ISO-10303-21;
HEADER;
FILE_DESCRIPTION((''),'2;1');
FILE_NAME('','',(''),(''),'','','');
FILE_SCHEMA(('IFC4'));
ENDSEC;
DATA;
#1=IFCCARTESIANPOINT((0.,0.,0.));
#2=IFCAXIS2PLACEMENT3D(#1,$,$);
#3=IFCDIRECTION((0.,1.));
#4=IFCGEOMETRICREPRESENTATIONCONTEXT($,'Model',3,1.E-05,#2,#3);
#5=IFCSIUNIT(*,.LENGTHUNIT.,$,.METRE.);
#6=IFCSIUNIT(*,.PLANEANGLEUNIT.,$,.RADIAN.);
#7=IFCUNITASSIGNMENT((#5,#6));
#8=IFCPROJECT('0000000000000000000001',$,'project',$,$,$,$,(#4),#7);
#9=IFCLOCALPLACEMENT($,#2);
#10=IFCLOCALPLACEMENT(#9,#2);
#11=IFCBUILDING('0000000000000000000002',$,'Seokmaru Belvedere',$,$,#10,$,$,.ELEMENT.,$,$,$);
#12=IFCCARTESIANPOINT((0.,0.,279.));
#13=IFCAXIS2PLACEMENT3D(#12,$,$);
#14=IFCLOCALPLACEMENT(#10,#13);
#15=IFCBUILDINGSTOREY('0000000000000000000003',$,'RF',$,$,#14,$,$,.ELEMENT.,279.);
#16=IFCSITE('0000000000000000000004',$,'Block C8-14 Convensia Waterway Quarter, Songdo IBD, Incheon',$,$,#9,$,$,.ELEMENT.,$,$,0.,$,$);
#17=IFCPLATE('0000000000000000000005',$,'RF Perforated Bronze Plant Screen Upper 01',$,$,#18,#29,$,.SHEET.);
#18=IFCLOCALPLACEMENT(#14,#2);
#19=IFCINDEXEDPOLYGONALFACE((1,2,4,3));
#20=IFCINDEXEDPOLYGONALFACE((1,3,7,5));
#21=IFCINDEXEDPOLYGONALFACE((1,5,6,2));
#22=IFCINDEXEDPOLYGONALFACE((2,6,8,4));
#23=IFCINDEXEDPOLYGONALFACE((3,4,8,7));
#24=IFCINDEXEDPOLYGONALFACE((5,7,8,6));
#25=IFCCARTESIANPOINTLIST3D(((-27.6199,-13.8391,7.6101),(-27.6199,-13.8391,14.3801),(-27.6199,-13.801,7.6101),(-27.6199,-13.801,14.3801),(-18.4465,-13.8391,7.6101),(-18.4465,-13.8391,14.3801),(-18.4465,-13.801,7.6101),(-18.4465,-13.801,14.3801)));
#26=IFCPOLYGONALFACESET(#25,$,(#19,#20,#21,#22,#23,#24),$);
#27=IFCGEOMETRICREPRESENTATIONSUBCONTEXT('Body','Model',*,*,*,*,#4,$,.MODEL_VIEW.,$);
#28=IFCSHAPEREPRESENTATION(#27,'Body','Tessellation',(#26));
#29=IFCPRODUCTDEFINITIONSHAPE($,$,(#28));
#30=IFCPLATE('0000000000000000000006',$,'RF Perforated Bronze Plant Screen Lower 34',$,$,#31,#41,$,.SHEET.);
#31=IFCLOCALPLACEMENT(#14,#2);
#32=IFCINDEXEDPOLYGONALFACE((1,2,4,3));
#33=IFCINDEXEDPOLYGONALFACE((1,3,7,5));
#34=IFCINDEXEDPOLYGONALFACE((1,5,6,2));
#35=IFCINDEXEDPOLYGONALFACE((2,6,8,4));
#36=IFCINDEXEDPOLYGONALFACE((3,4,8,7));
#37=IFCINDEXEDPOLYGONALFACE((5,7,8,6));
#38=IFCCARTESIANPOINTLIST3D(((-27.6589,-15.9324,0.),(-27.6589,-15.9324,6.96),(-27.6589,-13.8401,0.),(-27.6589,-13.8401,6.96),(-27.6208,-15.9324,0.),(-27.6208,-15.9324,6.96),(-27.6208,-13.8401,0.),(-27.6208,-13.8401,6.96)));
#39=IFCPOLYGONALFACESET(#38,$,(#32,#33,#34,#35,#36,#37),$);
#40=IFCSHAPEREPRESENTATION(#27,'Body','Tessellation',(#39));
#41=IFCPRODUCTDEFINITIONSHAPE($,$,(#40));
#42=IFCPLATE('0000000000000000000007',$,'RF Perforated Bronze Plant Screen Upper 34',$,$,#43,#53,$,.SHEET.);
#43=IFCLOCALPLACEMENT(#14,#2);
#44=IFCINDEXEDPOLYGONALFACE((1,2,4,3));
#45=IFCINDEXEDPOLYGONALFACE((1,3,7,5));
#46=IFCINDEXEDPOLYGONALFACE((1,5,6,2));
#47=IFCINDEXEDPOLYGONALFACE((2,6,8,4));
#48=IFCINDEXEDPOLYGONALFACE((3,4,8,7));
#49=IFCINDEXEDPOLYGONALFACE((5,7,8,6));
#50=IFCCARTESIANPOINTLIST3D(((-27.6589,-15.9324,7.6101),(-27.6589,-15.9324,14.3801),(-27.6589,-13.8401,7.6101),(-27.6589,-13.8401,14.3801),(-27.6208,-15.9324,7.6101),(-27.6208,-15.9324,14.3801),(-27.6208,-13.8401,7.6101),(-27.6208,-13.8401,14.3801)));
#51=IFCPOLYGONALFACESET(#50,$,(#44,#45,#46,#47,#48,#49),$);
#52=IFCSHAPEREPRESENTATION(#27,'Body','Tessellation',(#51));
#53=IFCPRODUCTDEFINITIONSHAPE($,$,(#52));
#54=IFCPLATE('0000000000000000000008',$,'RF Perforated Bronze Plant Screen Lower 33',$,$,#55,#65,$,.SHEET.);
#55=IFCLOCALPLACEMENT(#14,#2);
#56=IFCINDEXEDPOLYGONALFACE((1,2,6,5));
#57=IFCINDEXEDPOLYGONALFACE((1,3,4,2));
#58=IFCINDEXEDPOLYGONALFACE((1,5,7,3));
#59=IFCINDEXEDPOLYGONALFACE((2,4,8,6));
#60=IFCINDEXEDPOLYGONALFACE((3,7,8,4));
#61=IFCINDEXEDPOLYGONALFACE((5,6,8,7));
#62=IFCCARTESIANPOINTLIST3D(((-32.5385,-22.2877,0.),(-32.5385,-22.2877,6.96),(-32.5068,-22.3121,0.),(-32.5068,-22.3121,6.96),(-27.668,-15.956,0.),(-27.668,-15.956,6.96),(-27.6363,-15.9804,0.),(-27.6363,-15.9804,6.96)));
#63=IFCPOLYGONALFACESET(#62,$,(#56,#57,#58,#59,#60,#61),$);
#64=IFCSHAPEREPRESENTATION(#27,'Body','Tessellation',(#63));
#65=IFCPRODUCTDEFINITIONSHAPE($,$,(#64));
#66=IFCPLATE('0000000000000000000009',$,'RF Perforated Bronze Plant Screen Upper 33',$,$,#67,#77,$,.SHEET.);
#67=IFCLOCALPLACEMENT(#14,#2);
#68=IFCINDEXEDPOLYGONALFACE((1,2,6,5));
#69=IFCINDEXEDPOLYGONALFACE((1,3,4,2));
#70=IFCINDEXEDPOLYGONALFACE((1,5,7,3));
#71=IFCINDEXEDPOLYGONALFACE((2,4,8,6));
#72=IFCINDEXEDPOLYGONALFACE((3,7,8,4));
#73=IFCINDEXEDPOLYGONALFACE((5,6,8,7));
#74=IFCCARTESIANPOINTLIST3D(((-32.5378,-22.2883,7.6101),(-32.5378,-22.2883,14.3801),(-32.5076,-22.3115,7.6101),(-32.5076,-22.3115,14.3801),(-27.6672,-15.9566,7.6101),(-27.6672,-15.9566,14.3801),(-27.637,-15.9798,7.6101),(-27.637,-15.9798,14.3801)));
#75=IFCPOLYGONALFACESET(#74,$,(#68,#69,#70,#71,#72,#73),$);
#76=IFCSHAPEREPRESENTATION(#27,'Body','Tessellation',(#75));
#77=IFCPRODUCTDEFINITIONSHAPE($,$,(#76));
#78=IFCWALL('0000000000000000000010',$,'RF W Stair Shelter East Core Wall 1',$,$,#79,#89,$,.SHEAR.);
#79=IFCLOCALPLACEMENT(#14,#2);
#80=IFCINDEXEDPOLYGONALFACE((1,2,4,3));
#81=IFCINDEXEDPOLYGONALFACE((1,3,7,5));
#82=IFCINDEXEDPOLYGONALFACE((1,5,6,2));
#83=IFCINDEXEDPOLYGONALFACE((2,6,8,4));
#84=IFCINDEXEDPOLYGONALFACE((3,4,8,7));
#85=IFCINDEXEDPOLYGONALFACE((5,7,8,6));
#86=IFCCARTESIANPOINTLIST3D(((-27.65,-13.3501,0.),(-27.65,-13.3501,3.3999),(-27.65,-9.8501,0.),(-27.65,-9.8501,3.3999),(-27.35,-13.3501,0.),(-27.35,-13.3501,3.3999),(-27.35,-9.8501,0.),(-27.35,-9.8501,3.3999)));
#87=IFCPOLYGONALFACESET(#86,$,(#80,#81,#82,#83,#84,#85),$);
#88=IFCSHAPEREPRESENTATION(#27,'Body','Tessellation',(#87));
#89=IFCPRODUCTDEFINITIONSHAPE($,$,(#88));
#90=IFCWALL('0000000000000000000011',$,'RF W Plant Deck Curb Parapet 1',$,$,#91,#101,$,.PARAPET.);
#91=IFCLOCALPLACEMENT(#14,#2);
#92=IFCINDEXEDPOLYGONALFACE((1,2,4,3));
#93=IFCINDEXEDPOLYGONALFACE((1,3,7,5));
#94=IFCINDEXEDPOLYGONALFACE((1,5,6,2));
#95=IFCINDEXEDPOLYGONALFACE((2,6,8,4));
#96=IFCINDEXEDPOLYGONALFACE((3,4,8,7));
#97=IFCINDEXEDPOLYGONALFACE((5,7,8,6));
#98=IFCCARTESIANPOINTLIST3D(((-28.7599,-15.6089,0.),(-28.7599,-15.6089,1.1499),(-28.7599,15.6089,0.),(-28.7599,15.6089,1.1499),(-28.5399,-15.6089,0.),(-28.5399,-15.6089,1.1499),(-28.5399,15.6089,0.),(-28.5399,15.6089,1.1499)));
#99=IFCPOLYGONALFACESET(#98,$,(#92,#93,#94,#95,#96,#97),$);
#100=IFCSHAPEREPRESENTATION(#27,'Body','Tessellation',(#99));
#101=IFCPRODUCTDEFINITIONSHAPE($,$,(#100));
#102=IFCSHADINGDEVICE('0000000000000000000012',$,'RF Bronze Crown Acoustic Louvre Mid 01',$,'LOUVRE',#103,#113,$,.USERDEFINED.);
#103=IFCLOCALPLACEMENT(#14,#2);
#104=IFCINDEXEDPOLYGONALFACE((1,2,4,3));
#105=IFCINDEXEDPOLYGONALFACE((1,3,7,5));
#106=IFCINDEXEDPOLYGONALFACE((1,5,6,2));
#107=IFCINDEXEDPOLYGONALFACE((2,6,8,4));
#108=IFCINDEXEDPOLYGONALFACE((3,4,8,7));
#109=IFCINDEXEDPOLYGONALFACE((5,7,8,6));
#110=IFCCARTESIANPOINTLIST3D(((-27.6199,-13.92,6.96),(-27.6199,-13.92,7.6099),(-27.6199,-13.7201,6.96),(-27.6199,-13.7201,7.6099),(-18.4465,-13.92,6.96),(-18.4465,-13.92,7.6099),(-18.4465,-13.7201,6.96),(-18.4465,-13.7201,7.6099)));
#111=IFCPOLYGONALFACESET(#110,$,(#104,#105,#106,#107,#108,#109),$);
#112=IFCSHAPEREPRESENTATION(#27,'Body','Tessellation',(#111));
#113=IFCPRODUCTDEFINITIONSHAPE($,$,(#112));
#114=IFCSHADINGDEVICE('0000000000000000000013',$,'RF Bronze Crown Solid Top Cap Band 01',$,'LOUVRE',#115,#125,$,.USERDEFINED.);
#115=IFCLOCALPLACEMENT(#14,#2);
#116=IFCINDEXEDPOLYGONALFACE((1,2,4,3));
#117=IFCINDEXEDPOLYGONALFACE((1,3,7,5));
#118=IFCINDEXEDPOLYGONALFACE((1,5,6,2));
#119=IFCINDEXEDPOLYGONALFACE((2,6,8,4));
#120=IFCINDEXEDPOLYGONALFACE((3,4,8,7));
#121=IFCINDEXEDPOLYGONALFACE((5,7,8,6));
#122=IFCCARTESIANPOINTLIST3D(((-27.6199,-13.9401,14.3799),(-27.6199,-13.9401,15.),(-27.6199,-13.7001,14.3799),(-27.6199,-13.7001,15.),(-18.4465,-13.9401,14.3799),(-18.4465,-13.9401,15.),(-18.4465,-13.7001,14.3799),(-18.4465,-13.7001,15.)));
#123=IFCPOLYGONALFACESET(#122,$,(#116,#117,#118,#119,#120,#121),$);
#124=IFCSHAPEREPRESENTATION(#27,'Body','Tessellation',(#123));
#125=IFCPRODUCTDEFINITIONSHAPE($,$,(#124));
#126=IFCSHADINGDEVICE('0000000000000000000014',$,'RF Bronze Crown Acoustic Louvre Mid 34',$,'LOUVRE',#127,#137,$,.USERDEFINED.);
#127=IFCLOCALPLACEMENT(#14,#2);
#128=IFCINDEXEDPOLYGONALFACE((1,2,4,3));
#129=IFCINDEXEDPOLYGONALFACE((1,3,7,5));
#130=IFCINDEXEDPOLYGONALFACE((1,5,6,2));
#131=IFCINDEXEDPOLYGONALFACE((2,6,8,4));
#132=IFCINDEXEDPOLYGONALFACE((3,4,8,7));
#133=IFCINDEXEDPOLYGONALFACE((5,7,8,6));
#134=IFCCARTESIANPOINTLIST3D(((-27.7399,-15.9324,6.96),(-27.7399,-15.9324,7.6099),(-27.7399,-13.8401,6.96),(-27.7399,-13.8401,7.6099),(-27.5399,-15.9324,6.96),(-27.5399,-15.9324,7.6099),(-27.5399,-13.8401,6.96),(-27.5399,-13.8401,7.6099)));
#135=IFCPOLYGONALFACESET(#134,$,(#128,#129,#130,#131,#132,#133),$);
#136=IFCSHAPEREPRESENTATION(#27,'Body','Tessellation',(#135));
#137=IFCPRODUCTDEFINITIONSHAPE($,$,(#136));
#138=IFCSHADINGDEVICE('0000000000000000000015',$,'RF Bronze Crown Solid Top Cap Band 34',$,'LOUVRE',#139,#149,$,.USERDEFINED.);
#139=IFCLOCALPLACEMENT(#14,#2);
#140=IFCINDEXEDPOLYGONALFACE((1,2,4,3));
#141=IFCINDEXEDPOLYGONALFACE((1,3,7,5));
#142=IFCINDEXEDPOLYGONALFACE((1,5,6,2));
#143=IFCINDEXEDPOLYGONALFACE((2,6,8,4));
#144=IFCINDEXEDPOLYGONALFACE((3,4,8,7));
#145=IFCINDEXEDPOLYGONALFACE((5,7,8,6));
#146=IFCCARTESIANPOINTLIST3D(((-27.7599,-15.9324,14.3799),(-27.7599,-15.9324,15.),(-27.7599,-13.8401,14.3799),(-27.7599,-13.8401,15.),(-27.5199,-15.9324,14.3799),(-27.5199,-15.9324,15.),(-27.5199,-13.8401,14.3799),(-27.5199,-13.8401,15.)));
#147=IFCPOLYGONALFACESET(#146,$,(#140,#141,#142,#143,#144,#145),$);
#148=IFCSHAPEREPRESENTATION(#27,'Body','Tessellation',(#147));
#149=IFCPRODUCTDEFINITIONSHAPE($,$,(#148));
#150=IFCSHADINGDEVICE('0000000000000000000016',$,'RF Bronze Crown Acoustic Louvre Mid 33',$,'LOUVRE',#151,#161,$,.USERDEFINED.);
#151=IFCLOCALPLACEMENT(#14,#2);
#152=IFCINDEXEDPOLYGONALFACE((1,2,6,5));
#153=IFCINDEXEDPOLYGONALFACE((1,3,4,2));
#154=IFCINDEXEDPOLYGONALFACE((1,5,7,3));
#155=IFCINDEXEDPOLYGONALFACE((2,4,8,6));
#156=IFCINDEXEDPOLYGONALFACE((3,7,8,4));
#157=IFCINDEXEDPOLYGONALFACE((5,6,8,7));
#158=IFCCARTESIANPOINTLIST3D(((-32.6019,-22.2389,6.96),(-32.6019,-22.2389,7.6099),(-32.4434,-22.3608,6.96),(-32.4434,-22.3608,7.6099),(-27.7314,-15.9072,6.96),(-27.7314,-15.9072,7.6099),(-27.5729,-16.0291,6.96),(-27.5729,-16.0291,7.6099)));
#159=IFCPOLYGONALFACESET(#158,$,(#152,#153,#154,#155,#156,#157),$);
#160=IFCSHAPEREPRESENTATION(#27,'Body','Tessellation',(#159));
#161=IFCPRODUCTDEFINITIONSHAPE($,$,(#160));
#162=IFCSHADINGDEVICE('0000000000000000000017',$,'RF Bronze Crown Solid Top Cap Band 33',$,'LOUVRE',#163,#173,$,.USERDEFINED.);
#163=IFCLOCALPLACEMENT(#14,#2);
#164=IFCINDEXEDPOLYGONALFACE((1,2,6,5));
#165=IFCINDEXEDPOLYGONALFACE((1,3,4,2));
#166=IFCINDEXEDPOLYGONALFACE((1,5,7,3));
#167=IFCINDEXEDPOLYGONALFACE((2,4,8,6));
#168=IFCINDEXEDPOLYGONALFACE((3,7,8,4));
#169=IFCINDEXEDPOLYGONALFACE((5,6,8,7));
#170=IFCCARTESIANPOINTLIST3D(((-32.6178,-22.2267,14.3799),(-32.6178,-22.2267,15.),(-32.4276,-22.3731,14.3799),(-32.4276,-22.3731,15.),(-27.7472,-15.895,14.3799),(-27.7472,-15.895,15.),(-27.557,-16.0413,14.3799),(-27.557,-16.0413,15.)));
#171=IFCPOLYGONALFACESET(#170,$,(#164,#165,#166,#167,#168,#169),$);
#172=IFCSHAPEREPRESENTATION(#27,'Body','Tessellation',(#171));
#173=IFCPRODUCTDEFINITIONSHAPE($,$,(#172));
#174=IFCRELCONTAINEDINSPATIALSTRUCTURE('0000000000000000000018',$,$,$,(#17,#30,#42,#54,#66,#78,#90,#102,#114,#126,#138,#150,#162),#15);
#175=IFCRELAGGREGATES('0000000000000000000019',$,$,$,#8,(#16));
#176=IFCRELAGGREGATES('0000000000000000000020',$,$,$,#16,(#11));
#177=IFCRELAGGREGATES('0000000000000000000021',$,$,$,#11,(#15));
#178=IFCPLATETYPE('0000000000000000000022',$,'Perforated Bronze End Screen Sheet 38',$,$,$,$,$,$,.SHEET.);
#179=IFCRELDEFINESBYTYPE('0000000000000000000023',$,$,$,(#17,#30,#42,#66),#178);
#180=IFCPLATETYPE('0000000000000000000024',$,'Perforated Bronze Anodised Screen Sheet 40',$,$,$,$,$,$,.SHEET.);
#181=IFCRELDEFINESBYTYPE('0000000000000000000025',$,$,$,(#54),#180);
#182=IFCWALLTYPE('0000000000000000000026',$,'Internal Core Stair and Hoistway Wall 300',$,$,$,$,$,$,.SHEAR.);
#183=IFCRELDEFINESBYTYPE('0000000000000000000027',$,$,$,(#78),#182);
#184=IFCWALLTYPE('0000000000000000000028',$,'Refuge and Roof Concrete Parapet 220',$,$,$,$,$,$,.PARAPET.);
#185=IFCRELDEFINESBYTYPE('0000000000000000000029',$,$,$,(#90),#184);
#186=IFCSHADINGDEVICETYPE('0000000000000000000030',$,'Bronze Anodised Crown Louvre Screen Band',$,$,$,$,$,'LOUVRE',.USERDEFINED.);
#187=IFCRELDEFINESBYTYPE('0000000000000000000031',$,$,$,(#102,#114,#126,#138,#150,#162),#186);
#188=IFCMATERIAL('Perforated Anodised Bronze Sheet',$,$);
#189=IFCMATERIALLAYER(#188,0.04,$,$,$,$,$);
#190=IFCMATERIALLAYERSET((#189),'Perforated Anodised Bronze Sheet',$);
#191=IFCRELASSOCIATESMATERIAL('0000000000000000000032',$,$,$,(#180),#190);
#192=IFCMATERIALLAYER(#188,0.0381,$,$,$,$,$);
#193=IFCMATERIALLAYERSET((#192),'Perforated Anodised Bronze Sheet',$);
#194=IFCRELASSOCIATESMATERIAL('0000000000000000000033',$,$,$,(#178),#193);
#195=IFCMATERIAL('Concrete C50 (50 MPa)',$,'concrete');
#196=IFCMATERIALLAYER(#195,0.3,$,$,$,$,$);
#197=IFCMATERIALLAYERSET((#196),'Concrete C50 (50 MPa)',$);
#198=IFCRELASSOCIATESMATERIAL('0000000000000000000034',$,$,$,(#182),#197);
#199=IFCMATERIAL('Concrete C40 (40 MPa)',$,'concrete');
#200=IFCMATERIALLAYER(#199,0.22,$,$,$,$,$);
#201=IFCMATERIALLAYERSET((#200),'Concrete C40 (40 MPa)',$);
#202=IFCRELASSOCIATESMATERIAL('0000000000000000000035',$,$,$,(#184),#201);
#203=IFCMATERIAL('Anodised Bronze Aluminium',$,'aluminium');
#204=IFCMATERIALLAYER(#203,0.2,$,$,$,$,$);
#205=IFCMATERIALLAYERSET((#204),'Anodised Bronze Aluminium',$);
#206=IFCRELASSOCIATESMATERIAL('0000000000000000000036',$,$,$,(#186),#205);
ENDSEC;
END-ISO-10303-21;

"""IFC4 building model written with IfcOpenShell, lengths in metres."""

from ifc_helpers import new_model, si_unit, direction, frame, frame_2d, origin, origin_2d, place, context, subcontext, project, spatial, rectangle, extrude, source, transform, mapped, material, layer, layer_set, type_object, type_shapes, element, save


model = new_model("IFC4")

# Units and contexts
model_context = context("Model", 3, precision=1e-05, world=origin(), true_north=direction((0.0, 1.0)))
body_context = subcontext(model_context, "Body", "Model", "MODEL_VIEW")
ifc_project = project(units=[si_unit("LENGTHUNIT", "METRE"), si_unit("PLANEANGLEUNIT", "RADIAN")], contexts=[model_context])

# Site, building, storey
site_placement = place(None, origin())
site = spatial("IfcSite", under=ifc_project, at=site_placement, Name="Block C8-14 Convensia Waterway Quarter, Songdo IBD, Incheon", CompositionType="ELEMENT", RefElevation=0.0)
building_placement = place(site_placement, origin())
building = spatial("IfcBuilding", under=site, at=building_placement, Name="Seokmaru Belvedere", CompositionType="ELEMENT")
storey_placement = place(building_placement, frame((0.0, 0.0, 279.0)))
storey = spatial("IfcBuildingStorey", under=building, at=storey_placement, Name="RF", CompositionType="ELEMENT", Elevation=279.0)

# Plates
ifc_material_1 = material(Name="Perforated Anodised Bronze Sheet")
ifc_layer_1 = layer(ifc_material_1, 0.04)
ifc_layer_set_1 = layer_set([ifc_layer_1], Name="Perforated Anodised Bronze Sheet")
plate_type_1 = type_object("IfcPlateType", Name="Perforated Bronze Anodised Screen Sheet 40", PredefinedType="SHEET", material=ifc_layer_set_1)
ifc_layer_2 = layer(ifc_material_1, 0.0381)
ifc_layer_set_2 = layer_set([ifc_layer_2], Name="Perforated Anodised Bronze Sheet")
plate_type_2 = type_object("IfcPlateType", Name="Perforated Bronze End Screen Sheet 38", PredefinedType="SHEET", material=ifc_layer_set_2)
shared_shape_1 = source(origin(), body_context, "Body", "SweptSolid", [
    extrude(rectangle(XDim=9.1733, YDim=0.0381, at=origin_2d()), origin(), (0.0, 0.0, 1.0), 6.77),
])
plate_1_placement = place(storey_placement, frame((-23.0332, -13.8201, 7.6101), z_axis=(0.0, 0.0, 1.0), x_axis=(1.0, 0.0, 0.0)))
element("IfcPlate", 1, at=plate_1_placement, inside=storey, type_object=plate_type_2, Name="RF Perforated Bronze Plant Screen Upper 01", PredefinedType="SHEET", context=body_context, shape_type="MappedRepresentation", body=[
    mapped(shared_shape_1, transform((0.0, 0.0, 0.0), scale=1.0)),
])
shared_shape_2 = source(origin(), body_context, "Body", "SweptSolid", [
    extrude(rectangle(XDim=2.0923, YDim=0.0381, at=origin_2d()), origin(), (0.0, 0.0, 1.0), 6.96),
])
plate_2_placement = place(storey_placement, frame((-27.6399, -14.8862, 0.0), z_axis=(0.0, 0.0, 1.0), x_axis=(0.0, 1.0, 0.0)))
element("IfcPlate", 2, at=plate_2_placement, inside=storey, type_object=plate_type_2, Name="RF Perforated Bronze Plant Screen Lower 34", PredefinedType="SHEET", context=body_context, shape_type="MappedRepresentation", body=[
    mapped(shared_shape_2, transform((0.0, 0.0, 0.0), scale=1.0)),
])
shared_shape_3 = source(origin(), body_context, "Body", "SweptSolid", [
    extrude(rectangle(XDim=2.0923, YDim=0.0381, at=origin_2d()), origin(), (0.0, 0.0, 1.0), 6.77),
])
plate_3_placement = place(storey_placement, frame((-27.6399, -14.8862, 7.6101), z_axis=(0.0, 0.0, 1.0), x_axis=(0.0, 1.0, 0.0)))
element("IfcPlate", 3, at=plate_3_placement, inside=storey, type_object=plate_type_2, Name="RF Perforated Bronze Plant Screen Upper 34", PredefinedType="SHEET", context=body_context, shape_type="MappedRepresentation", body=[
    mapped(shared_shape_3, transform((0.0, 0.0, 0.0), scale=1.0)),
])
shared_shape_4 = source(origin(), body_context, "Body", "SweptSolid", [
    extrude(rectangle(XDim=7.9883, YDim=0.04, at=origin_2d()), origin(), (0.0, 0.0, 1.0), 6.96),
])
plate_4_placement = place(storey_placement, frame((-30.0874, -19.134, 0.0), z_axis=(0.0, 0.0, 1.0), x_axis=(0.609709, 0.792625, 0.0)))
element("IfcPlate", 4, at=plate_4_placement, inside=storey, type_object=plate_type_1, Name="RF Perforated Bronze Plant Screen Lower 33", PredefinedType="SHEET", context=body_context, shape_type="MappedRepresentation", body=[
    mapped(shared_shape_4, transform((0.0, 0.0, 0.0), scale=1.0)),
])
shared_shape_5 = source(origin(), body_context, "Body", "SweptSolid", [
    extrude(rectangle(XDim=7.9883, YDim=0.0381, at=origin_2d()), origin(), (0.0, 0.0, 1.0), 6.77),
])
type_shapes(plate_type_2, [shared_shape_1, shared_shape_2, shared_shape_3, shared_shape_5])
plate_5_placement = place(storey_placement, frame((-30.0874, -19.134, 7.6101), z_axis=(0.0, 0.0, 1.0), x_axis=(0.609709, 0.792625, 0.0)))
element("IfcPlate", 5, at=plate_5_placement, inside=storey, type_object=plate_type_2, Name="RF Perforated Bronze Plant Screen Upper 33", PredefinedType="SHEET", context=body_context, shape_type="MappedRepresentation", body=[
    mapped(shared_shape_5, transform((0.0, 0.0, 0.0), scale=1.0)),
])

# Walls
ifc_material_2 = material(Name="Concrete C50 (50 MPa)", Category="concrete")
ifc_layer_3 = layer(ifc_material_2, 0.3)
ifc_layer_set_3 = layer_set([ifc_layer_3], Name="Concrete C50 (50 MPa)")
wall_type_1 = type_object("IfcWallType", Name="Internal Core Stair and Hoistway Wall 300", PredefinedType="SHEAR", material=ifc_layer_set_3)
wall_1_placement = place(storey_placement, frame((-27.5, -13.3501, 0.0), z_axis=(0.0, 0.0, 1.0), x_axis=(0.0, 1.0, 0.0)))
element("IfcWall", 6, at=wall_1_placement, inside=storey, type_object=wall_type_1, Name="RF W Stair Shelter East Core Wall 1", PredefinedType="SHEAR", context=body_context, shape_type="SweptSolid", body=[
    extrude(rectangle(XDim=3.5, YDim=0.3, at=frame_2d((1.75, 0.0))), origin(), (0.0, 0.0, 1.0), 3.3999),
])
ifc_material_3 = material(Name="Concrete C40 (40 MPa)", Category="concrete")
ifc_layer_4 = layer(ifc_material_3, 0.22)
ifc_layer_set_4 = layer_set([ifc_layer_4], Name="Concrete C40 (40 MPa)")
wall_type_2 = type_object("IfcWallType", Name="Refuge and Roof Concrete Parapet 220", PredefinedType="PARAPET", material=ifc_layer_set_4)
wall_2_placement = place(storey_placement, frame((-28.6499, -15.6089, 0.0), z_axis=(0.0, 0.0, 1.0), x_axis=(0.0, 1.0, 0.0)))
element("IfcWall", 7, at=wall_2_placement, inside=storey, type_object=wall_type_2, Name="RF W Plant Deck Curb Parapet 1", PredefinedType="PARAPET", context=body_context, shape_type="SweptSolid", body=[
    extrude(rectangle(XDim=31.2178, YDim=0.22, at=frame_2d((15.6089, 0.0))), origin(), (0.0, 0.0, 1.0), 1.1499),
])

# Shading devices
ifc_material_4 = material(Name="Anodised Bronze Aluminium", Category="aluminium")
ifc_layer_5 = layer(ifc_material_4, 0.2)
ifc_layer_set_5 = layer_set([ifc_layer_5], Name="Anodised Bronze Aluminium")
shading_device_type = type_object("IfcShadingDeviceType", Name="Bronze Anodised Crown Louvre Screen Band", ElementType="LOUVRE", PredefinedType="USERDEFINED", material=ifc_layer_set_5)
shared_shape_6 = source(origin(), body_context, "Body", "SweptSolid", [
    extrude(rectangle(XDim=9.1733, YDim=0.2, at=origin_2d()), origin(), (0.0, 0.0, 1.0), 0.6499),
])
shading_device_1_placement = place(storey_placement, frame((-23.0332, -13.8201, 6.96), z_axis=(0.0, 0.0, 1.0), x_axis=(1.0, 0.0, 0.0)))
element("IfcShadingDevice", 8, at=shading_device_1_placement, inside=storey, type_object=shading_device_type, Name="RF Bronze Crown Acoustic Louvre Mid 01", ObjectType="LOUVRE", PredefinedType="USERDEFINED", context=body_context, shape_type="MappedRepresentation", body=[
    mapped(shared_shape_6, transform((0.0, 0.0, 0.0), scale=1.0)),
])
shared_shape_7 = source(origin(), body_context, "Body", "SweptSolid", [
    extrude(rectangle(XDim=9.1733, YDim=0.24, at=origin_2d()), origin(), (0.0, 0.0, 1.0), 0.6201),
])
shading_device_2_placement = place(storey_placement, frame((-23.0332, -13.8201, 14.3799), z_axis=(0.0, 0.0, 1.0), x_axis=(1.0, 0.0, 0.0)))
element("IfcShadingDevice", 9, at=shading_device_2_placement, inside=storey, type_object=shading_device_type, Name="RF Bronze Crown Solid Top Cap Band 01", ObjectType="LOUVRE", PredefinedType="USERDEFINED", context=body_context, shape_type="MappedRepresentation", body=[
    mapped(shared_shape_7, transform((0.0, 0.0, 0.0), scale=1.0)),
])
shared_shape_8 = source(origin(), body_context, "Body", "SweptSolid", [
    extrude(rectangle(XDim=2.0923, YDim=0.2, at=origin_2d()), origin(), (0.0, 0.0, 1.0), 0.6499),
])
shading_device_3_placement = place(storey_placement, frame((-27.6399, -14.8862, 6.96), z_axis=(0.0, 0.0, 1.0), x_axis=(0.0, 1.0, 0.0)))
element("IfcShadingDevice", 10, at=shading_device_3_placement, inside=storey, type_object=shading_device_type, Name="RF Bronze Crown Acoustic Louvre Mid 34", ObjectType="LOUVRE", PredefinedType="USERDEFINED", context=body_context, shape_type="MappedRepresentation", body=[
    mapped(shared_shape_8, transform((0.0, 0.0, 0.0), scale=1.0)),
])
shared_shape_9 = source(origin(), body_context, "Body", "SweptSolid", [
    extrude(rectangle(XDim=2.0923, YDim=0.24, at=origin_2d()), origin(), (0.0, 0.0, 1.0), 0.6201),
])
shading_device_4_placement = place(storey_placement, frame((-27.6399, -14.8862, 14.3799), z_axis=(0.0, 0.0, 1.0), x_axis=(0.0, 1.0, 0.0)))
element("IfcShadingDevice", 11, at=shading_device_4_placement, inside=storey, type_object=shading_device_type, Name="RF Bronze Crown Solid Top Cap Band 34", ObjectType="LOUVRE", PredefinedType="USERDEFINED", context=body_context, shape_type="MappedRepresentation", body=[
    mapped(shared_shape_9, transform((0.0, 0.0, 0.0), scale=1.0)),
])
shared_shape_10 = source(origin(), body_context, "Body", "SweptSolid", [
    extrude(rectangle(XDim=7.9883, YDim=0.2, at=origin_2d()), origin(), (0.0, 0.0, 1.0), 0.6499),
])
shading_device_5_placement = place(storey_placement, frame((-30.0874, -19.134, 6.96), z_axis=(0.0, 0.0, 1.0), x_axis=(0.609709, 0.792625, 0.0)))
element("IfcShadingDevice", 12, at=shading_device_5_placement, inside=storey, type_object=shading_device_type, Name="RF Bronze Crown Acoustic Louvre Mid 33", ObjectType="LOUVRE", PredefinedType="USERDEFINED", context=body_context, shape_type="MappedRepresentation", body=[
    mapped(shared_shape_10, transform((0.0, 0.0, 0.0), scale=1.0)),
])
shared_shape_11 = source(origin(), body_context, "Body", "SweptSolid", [
    extrude(rectangle(XDim=7.9883, YDim=0.24, at=origin_2d()), origin(), (0.0, 0.0, 1.0), 0.6201),
])
type_shapes(shading_device_type, [shared_shape_6, shared_shape_7, shared_shape_8, shared_shape_9, shared_shape_10, shared_shape_11])
shading_device_6_placement = place(storey_placement, frame((-30.0874, -19.134, 14.3799), z_axis=(0.0, 0.0, 1.0), x_axis=(0.609709, 0.792625, 0.0)))
element("IfcShadingDevice", 13, at=shading_device_6_placement, inside=storey, type_object=shading_device_type, Name="RF Bronze Crown Solid Top Cap Band 33", ObjectType="LOUVRE", PredefinedType="USERDEFINED", context=body_context, shape_type="MappedRepresentation", body=[
    mapped(shared_shape_11, transform((0.0, 0.0, 0.0), scale=1.0)),
])

save(model, "model.ifc")
